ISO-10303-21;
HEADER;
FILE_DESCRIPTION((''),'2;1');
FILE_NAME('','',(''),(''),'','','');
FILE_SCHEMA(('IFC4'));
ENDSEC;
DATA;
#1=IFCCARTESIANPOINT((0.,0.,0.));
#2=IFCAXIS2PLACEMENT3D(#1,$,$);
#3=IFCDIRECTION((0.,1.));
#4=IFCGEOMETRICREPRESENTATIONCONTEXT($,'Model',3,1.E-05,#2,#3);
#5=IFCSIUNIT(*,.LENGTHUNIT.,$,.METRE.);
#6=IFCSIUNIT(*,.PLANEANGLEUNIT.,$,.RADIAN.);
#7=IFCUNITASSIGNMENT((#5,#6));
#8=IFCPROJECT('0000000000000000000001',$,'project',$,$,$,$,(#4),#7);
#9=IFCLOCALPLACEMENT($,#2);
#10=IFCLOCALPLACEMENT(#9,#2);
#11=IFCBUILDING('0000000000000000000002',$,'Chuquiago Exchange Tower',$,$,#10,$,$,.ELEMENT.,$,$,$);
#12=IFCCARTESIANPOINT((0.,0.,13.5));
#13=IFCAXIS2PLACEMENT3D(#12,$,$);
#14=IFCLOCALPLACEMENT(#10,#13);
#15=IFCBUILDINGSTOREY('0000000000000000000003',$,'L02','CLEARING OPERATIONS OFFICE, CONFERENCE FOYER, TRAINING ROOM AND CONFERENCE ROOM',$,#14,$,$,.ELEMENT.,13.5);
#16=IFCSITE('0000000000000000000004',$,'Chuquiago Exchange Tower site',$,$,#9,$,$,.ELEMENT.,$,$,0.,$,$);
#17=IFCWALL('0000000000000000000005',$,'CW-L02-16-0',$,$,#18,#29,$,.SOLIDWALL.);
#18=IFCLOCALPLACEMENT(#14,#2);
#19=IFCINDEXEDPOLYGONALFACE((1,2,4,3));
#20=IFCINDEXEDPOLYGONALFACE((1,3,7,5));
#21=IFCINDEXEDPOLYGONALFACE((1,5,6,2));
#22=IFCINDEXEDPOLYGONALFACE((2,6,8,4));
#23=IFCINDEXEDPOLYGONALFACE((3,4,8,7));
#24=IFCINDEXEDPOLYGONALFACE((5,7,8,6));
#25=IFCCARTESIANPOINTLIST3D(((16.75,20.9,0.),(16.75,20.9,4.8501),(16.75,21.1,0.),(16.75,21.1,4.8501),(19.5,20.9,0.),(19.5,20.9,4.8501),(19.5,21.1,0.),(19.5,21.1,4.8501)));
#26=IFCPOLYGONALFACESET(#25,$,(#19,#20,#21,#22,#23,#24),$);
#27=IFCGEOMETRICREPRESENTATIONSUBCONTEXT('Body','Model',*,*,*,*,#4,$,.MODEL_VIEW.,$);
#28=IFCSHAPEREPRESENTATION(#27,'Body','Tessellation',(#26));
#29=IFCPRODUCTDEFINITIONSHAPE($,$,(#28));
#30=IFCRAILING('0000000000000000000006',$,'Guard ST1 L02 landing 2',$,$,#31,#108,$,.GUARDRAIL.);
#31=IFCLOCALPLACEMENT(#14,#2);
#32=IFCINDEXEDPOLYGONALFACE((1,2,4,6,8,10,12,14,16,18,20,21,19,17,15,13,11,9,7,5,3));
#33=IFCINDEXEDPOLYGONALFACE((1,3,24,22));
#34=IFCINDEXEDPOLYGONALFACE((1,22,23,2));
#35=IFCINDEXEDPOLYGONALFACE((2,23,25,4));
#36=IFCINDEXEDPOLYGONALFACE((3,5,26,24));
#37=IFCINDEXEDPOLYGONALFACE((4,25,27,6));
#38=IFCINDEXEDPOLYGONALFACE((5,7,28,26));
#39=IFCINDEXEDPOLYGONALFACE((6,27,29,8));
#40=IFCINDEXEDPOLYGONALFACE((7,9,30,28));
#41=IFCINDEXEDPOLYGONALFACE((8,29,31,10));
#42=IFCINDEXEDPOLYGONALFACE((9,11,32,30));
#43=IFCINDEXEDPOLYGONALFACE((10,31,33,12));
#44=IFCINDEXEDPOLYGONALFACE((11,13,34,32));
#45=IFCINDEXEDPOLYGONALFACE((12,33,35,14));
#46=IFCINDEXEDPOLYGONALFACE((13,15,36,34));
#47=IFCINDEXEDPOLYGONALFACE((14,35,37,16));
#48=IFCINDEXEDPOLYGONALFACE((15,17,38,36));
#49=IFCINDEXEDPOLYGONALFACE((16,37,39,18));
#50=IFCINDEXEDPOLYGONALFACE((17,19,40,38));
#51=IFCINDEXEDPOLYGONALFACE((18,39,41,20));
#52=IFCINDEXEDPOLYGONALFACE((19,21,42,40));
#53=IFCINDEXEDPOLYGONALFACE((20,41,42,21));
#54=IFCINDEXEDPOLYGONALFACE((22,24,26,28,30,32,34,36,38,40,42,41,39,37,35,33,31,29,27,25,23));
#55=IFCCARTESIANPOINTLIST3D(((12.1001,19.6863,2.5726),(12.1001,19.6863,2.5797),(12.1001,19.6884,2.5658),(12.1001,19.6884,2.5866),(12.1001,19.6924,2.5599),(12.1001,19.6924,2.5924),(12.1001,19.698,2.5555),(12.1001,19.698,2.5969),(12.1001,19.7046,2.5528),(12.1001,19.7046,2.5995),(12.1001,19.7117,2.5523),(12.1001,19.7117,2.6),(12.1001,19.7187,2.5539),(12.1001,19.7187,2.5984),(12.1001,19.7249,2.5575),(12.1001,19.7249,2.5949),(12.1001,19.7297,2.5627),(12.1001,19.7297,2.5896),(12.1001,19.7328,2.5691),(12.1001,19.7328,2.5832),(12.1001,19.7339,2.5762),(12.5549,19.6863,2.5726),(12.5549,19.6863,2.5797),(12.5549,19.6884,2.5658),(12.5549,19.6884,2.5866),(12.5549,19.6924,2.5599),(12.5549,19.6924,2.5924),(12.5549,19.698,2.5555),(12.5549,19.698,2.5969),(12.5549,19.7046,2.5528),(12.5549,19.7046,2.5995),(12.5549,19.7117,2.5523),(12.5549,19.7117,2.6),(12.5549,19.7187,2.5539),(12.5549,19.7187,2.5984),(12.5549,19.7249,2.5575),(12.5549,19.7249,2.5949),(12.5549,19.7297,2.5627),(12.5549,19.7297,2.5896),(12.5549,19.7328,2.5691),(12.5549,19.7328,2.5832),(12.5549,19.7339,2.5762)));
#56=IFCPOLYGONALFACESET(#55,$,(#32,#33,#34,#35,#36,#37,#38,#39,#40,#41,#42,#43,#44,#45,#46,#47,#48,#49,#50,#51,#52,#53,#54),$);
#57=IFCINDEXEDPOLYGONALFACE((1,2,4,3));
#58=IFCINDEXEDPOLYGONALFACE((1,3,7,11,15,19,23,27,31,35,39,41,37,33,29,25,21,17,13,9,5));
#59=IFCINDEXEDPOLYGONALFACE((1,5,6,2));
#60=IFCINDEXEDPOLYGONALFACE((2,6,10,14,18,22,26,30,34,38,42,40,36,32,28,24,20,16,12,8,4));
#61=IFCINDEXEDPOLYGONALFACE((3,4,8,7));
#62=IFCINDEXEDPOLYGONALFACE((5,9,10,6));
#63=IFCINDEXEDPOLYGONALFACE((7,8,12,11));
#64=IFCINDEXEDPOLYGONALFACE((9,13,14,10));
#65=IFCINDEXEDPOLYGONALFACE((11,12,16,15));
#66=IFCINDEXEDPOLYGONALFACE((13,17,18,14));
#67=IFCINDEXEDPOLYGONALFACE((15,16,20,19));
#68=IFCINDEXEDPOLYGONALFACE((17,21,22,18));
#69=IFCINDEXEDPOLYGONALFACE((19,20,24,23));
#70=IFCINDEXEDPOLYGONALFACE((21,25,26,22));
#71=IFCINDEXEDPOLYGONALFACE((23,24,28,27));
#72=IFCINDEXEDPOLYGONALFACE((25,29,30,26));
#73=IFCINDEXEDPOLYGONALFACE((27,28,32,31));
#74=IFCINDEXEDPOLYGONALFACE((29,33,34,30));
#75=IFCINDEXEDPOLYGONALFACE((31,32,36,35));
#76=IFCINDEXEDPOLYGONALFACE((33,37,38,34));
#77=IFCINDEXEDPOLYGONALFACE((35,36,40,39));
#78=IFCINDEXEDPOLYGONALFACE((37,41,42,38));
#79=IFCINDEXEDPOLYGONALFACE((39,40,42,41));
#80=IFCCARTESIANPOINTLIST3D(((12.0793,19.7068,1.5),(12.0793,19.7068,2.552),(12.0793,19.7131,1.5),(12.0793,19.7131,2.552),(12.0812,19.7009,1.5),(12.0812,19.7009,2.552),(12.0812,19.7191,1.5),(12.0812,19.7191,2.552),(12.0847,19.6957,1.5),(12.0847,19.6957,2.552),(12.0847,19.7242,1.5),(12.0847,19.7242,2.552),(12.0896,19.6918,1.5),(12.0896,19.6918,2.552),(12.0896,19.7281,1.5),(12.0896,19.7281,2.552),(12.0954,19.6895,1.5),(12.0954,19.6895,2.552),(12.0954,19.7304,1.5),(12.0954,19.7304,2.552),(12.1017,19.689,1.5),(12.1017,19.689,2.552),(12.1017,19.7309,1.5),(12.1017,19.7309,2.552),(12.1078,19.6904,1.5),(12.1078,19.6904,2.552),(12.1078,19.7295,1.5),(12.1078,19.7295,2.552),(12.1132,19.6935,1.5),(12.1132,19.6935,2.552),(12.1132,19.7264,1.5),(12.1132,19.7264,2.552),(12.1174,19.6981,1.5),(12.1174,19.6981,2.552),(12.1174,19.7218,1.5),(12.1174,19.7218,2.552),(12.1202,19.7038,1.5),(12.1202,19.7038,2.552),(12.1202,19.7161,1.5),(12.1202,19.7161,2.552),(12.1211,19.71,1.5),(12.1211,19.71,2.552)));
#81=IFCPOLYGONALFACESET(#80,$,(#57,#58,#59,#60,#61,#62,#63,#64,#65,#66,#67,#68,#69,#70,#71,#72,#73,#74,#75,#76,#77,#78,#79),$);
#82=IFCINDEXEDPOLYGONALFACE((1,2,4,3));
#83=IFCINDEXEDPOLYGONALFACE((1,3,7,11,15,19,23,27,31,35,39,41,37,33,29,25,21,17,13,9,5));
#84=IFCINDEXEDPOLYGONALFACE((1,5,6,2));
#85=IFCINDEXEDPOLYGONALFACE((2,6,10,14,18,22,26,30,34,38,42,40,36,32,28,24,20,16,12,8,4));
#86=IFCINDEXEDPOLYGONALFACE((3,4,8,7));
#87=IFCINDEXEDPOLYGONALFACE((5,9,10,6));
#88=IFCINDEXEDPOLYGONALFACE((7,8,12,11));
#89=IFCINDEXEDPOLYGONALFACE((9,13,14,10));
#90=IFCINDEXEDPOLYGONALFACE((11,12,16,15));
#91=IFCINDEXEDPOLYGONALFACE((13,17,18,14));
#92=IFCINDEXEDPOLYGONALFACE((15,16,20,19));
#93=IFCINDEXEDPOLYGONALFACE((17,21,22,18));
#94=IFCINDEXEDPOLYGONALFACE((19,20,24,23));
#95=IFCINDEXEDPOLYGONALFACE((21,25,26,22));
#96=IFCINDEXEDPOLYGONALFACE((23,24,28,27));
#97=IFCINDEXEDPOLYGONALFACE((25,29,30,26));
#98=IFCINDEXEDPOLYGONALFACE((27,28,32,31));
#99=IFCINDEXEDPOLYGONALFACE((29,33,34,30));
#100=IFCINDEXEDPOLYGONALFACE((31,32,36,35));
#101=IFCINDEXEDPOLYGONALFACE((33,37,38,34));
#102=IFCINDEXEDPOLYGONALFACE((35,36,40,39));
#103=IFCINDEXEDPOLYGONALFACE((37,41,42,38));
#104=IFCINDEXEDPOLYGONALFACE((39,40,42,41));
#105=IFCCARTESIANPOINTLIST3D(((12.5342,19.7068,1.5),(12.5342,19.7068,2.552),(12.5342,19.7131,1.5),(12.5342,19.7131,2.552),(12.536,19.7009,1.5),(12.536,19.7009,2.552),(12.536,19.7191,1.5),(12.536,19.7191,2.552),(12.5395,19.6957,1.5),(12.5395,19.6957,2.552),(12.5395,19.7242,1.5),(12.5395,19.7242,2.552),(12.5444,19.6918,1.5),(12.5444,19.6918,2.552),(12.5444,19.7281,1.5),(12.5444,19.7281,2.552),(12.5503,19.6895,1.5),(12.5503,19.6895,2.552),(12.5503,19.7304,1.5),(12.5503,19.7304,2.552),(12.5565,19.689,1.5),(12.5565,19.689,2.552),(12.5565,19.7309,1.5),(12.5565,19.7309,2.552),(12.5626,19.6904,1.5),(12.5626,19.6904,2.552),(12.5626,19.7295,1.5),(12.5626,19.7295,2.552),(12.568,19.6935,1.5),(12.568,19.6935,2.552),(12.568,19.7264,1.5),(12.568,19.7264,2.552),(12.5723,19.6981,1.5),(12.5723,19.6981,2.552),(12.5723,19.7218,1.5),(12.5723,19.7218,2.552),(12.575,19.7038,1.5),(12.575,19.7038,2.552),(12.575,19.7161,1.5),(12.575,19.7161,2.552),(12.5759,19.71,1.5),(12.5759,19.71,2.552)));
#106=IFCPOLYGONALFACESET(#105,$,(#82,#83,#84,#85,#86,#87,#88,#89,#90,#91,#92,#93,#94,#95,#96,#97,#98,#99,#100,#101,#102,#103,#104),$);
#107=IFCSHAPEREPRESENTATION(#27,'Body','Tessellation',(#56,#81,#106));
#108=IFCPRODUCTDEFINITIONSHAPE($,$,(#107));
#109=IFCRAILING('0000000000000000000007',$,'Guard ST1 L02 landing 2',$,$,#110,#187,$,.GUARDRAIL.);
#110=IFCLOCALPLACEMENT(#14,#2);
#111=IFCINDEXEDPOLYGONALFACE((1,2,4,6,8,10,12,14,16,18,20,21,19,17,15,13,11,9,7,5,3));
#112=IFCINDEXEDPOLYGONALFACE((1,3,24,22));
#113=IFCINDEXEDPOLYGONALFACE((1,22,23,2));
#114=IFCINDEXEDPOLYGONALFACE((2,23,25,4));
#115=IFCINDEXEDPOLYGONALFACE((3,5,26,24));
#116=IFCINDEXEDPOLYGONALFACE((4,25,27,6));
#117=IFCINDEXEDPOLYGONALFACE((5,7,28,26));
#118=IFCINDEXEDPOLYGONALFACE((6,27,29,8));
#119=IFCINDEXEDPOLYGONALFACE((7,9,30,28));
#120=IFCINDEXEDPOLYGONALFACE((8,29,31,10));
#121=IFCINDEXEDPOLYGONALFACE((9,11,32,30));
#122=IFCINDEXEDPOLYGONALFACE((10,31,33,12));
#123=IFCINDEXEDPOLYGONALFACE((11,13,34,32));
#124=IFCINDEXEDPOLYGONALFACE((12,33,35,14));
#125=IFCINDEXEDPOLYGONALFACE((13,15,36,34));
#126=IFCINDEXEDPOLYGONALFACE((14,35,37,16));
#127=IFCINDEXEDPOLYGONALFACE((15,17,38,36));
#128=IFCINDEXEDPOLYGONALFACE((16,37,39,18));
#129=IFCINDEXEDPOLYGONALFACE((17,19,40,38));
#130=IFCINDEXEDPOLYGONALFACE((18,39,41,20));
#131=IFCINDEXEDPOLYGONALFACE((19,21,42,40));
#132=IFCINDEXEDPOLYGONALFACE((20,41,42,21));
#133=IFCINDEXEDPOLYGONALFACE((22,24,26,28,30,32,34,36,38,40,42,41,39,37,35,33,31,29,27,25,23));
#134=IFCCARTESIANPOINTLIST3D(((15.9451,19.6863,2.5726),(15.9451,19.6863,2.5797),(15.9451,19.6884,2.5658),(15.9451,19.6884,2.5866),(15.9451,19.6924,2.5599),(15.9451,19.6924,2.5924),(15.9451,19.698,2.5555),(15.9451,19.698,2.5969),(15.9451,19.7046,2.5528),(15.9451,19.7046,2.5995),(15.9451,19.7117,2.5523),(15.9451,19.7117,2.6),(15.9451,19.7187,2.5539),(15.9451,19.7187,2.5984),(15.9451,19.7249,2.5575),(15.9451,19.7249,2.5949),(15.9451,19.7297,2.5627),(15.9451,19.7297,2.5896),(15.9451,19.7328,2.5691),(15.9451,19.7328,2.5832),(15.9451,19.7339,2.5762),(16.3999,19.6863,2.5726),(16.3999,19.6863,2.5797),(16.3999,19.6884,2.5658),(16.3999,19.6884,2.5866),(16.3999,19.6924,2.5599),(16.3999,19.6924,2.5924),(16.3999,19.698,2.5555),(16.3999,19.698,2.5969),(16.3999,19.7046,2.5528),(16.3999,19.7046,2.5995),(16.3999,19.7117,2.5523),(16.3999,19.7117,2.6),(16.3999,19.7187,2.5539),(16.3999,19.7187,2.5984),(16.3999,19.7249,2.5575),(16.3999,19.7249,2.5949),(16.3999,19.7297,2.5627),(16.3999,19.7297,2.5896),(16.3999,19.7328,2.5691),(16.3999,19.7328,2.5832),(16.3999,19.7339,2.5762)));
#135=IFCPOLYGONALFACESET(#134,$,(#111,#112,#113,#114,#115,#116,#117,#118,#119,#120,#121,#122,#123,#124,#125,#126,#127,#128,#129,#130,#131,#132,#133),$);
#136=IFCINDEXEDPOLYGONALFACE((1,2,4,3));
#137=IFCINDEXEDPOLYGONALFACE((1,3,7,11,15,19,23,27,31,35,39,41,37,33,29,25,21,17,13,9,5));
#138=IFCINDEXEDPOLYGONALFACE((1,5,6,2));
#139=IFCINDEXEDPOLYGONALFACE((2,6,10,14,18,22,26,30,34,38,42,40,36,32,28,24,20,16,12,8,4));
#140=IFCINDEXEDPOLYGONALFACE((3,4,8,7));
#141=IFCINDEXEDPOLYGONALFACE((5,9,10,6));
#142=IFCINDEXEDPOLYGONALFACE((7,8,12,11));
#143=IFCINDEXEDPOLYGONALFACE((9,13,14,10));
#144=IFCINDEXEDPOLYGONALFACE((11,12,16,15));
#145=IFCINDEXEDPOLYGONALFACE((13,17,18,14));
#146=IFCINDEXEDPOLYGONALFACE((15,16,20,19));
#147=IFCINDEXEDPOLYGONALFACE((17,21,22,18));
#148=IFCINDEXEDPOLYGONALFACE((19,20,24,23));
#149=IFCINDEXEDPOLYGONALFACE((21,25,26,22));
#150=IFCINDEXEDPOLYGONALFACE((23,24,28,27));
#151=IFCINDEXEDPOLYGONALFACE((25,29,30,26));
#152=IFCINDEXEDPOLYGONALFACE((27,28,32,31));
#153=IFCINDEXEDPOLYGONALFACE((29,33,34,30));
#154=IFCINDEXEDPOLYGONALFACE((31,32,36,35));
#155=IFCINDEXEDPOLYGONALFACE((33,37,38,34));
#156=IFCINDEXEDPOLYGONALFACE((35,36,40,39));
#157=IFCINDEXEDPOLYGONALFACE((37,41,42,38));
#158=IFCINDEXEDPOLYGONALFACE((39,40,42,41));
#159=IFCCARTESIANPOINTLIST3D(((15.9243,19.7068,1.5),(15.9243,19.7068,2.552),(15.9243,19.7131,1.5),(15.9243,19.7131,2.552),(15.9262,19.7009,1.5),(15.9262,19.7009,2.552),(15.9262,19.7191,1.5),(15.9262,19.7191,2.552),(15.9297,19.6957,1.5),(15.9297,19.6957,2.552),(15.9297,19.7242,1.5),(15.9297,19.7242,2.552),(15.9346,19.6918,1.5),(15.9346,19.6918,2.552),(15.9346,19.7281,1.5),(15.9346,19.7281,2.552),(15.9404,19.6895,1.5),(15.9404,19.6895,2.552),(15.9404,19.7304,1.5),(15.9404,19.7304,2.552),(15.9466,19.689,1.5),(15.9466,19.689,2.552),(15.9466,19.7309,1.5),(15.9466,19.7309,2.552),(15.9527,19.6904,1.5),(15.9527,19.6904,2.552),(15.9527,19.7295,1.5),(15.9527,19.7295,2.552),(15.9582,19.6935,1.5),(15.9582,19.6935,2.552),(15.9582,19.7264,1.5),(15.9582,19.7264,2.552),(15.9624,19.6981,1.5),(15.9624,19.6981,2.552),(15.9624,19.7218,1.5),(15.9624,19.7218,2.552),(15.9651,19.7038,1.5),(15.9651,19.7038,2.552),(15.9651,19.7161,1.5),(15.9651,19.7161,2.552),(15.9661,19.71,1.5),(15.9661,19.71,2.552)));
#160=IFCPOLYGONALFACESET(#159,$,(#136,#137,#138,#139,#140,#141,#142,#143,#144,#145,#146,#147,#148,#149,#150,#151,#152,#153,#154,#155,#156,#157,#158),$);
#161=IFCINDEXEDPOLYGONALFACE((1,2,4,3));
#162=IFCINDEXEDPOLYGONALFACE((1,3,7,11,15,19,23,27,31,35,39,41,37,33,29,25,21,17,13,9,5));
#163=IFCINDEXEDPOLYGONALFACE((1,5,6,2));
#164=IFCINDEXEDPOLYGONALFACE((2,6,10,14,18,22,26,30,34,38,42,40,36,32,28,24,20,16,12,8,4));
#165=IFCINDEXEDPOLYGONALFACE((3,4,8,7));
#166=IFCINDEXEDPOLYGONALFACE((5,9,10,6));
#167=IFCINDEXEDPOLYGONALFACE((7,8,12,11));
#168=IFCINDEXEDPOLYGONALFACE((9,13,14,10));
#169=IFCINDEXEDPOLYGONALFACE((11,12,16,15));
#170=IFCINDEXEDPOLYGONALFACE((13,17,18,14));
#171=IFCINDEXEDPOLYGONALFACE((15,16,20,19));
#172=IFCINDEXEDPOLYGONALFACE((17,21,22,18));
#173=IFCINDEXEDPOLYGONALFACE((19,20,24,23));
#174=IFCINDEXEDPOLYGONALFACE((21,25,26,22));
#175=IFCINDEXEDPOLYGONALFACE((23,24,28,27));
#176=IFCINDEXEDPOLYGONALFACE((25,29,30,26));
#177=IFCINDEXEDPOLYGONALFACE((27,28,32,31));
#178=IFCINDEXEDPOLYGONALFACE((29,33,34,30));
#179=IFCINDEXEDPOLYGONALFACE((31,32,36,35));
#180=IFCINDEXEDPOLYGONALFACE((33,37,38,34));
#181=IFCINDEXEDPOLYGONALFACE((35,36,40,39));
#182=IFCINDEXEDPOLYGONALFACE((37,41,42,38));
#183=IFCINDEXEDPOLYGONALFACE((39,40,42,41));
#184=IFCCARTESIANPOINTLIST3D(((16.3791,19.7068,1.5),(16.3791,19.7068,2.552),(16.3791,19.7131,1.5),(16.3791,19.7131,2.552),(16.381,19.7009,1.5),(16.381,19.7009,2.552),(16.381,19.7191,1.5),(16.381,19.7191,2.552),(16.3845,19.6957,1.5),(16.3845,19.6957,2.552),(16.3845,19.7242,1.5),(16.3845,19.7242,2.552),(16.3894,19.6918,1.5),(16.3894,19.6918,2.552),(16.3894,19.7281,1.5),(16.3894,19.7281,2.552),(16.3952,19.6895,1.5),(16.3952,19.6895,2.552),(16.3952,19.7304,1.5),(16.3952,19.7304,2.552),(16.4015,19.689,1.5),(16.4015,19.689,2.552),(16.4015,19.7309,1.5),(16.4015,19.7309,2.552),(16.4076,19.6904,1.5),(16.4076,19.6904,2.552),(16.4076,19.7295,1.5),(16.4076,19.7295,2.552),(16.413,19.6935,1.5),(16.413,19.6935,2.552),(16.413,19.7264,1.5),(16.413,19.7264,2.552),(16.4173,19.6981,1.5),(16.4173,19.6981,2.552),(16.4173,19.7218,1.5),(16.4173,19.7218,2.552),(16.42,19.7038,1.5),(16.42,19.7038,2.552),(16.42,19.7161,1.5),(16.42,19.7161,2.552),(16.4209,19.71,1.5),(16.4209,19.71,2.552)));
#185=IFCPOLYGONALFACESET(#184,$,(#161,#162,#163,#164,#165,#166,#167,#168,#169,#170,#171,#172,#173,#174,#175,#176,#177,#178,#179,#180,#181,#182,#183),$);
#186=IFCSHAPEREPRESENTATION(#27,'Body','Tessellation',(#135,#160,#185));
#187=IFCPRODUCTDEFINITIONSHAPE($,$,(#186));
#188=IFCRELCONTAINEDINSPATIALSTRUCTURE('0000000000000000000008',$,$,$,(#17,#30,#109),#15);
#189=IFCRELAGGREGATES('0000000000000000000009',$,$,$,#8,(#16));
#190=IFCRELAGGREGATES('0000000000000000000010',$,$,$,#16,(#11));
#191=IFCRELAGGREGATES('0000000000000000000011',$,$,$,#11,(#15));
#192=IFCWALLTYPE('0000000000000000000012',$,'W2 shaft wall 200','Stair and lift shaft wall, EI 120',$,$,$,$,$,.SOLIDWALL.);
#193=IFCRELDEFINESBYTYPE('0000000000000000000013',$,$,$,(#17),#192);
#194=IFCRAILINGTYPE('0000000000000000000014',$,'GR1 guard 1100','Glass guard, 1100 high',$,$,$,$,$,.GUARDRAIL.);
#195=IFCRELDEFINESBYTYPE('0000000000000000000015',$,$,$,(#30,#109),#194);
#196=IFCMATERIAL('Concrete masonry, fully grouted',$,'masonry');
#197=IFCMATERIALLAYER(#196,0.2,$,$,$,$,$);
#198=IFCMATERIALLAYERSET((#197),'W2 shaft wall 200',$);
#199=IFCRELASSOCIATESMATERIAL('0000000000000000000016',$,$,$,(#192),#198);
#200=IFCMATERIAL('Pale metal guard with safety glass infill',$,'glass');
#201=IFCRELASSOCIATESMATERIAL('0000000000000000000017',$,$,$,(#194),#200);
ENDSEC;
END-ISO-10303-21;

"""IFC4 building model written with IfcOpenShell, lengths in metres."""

from ifc_helpers import new_model, si_unit, direction, frame, frame_2d, origin, origin_2d, place, context, subcontext, project, spatial, rectangle, circle, extrude, material, layer, layer_set, type_object, element, save


model = new_model("IFC4")

# Units and contexts
model_context = context("Model", 3, precision=1e-05, world=origin(), true_north=direction((0.0, 1.0)))
body_context = subcontext(model_context, "Body", "Model", "MODEL_VIEW")
ifc_project = project(units=[si_unit("LENGTHUNIT", "METRE"), si_unit("PLANEANGLEUNIT", "RADIAN")], contexts=[model_context])

# Site, building, storey
site_placement = place(None, origin())
site = spatial("IfcSite", under=ifc_project, at=site_placement, Name="Chuquiago Exchange Tower site", CompositionType="ELEMENT", RefElevation=0.0)
building_placement = place(site_placement, origin())
building = spatial("IfcBuilding", under=site, at=building_placement, Name="Chuquiago Exchange Tower", CompositionType="ELEMENT")
storey_placement = place(building_placement, frame((0.0, 0.0, 13.5)))
storey = spatial("IfcBuildingStorey", under=building, at=storey_placement, Name="L02", Description="CLEARING OPERATIONS OFFICE, CONFERENCE FOYER, TRAINING ROOM AND CONFERENCE ROOM", CompositionType="ELEMENT", Elevation=13.5)

# Wall
ifc_material_1 = material(Name="Concrete masonry, fully grouted", Category="masonry")
ifc_layer_1 = layer(ifc_material_1, 0.2)
ifc_layer_set_1 = layer_set([ifc_layer_1], Name="W2 shaft wall 200")
wall_type_1 = type_object("IfcWallType", Name="W2 shaft wall 200", Description="Stair and lift shaft wall, EI 120", PredefinedType="SOLIDWALL", material=ifc_layer_set_1)
wall_1_placement = place(storey_placement, frame((16.75, 21.0, 0.0), z_axis=(0.0, 0.0, 1.0), x_axis=(1.0, 0.0, 0.0)))
element("IfcWall", 1, at=wall_1_placement, inside=storey, type_object=wall_type_1, Name="CW-L02-16-0", PredefinedType="SOLIDWALL", context=body_context, shape_type="SweptSolid", body=[
    extrude(rectangle(XDim=2.75, YDim=0.2, at=frame_2d((1.375, 0.0))), origin(), (0.0, 0.0, 1.0), 4.8501),
])

# Railings
ifc_material_2 = material(Name="Pale metal guard with safety glass infill", Category="glass")
railing_type_1 = type_object("IfcRailingType", Name="GR1 guard 1100", Description="Glass guard, 1100 high", PredefinedType="GUARDRAIL", material=ifc_material_2)
for number, where, name in (
    (2, (12.1001, 19.71, 1.5), "Guard ST1 L02 landing 2"),
    (3, (15.9451, 19.71, 1.5), "Guard ST1 L02 landing 2"),
):
    element("IfcRailing", number, at=place(storey_placement, frame(where)), inside=storey, type_object=railing_type_1, Name=name, PredefinedType="GUARDRAIL", context=body_context, shape_type="SweptSolid", body=[
        extrude(circle(Radius=0.0239, at=origin_2d()), frame((0.0, 0.0, 1.0762), z_axis=(1.0, 0.0, 0.0), x_axis=(0.0, 1.0, 0.0)), (0.0, 0.0, 1.0), 0.4548),
        extrude(circle(Radius=0.021, at=origin_2d()), origin(), (0.0, 0.0, 1.0), 1.052),
        extrude(circle(Radius=0.021, at=origin_2d()), frame((0.4548, 0.0, 0.0)), (0.0, 0.0, 1.0), 1.052),
    ])

save(model, "model.ifc")
